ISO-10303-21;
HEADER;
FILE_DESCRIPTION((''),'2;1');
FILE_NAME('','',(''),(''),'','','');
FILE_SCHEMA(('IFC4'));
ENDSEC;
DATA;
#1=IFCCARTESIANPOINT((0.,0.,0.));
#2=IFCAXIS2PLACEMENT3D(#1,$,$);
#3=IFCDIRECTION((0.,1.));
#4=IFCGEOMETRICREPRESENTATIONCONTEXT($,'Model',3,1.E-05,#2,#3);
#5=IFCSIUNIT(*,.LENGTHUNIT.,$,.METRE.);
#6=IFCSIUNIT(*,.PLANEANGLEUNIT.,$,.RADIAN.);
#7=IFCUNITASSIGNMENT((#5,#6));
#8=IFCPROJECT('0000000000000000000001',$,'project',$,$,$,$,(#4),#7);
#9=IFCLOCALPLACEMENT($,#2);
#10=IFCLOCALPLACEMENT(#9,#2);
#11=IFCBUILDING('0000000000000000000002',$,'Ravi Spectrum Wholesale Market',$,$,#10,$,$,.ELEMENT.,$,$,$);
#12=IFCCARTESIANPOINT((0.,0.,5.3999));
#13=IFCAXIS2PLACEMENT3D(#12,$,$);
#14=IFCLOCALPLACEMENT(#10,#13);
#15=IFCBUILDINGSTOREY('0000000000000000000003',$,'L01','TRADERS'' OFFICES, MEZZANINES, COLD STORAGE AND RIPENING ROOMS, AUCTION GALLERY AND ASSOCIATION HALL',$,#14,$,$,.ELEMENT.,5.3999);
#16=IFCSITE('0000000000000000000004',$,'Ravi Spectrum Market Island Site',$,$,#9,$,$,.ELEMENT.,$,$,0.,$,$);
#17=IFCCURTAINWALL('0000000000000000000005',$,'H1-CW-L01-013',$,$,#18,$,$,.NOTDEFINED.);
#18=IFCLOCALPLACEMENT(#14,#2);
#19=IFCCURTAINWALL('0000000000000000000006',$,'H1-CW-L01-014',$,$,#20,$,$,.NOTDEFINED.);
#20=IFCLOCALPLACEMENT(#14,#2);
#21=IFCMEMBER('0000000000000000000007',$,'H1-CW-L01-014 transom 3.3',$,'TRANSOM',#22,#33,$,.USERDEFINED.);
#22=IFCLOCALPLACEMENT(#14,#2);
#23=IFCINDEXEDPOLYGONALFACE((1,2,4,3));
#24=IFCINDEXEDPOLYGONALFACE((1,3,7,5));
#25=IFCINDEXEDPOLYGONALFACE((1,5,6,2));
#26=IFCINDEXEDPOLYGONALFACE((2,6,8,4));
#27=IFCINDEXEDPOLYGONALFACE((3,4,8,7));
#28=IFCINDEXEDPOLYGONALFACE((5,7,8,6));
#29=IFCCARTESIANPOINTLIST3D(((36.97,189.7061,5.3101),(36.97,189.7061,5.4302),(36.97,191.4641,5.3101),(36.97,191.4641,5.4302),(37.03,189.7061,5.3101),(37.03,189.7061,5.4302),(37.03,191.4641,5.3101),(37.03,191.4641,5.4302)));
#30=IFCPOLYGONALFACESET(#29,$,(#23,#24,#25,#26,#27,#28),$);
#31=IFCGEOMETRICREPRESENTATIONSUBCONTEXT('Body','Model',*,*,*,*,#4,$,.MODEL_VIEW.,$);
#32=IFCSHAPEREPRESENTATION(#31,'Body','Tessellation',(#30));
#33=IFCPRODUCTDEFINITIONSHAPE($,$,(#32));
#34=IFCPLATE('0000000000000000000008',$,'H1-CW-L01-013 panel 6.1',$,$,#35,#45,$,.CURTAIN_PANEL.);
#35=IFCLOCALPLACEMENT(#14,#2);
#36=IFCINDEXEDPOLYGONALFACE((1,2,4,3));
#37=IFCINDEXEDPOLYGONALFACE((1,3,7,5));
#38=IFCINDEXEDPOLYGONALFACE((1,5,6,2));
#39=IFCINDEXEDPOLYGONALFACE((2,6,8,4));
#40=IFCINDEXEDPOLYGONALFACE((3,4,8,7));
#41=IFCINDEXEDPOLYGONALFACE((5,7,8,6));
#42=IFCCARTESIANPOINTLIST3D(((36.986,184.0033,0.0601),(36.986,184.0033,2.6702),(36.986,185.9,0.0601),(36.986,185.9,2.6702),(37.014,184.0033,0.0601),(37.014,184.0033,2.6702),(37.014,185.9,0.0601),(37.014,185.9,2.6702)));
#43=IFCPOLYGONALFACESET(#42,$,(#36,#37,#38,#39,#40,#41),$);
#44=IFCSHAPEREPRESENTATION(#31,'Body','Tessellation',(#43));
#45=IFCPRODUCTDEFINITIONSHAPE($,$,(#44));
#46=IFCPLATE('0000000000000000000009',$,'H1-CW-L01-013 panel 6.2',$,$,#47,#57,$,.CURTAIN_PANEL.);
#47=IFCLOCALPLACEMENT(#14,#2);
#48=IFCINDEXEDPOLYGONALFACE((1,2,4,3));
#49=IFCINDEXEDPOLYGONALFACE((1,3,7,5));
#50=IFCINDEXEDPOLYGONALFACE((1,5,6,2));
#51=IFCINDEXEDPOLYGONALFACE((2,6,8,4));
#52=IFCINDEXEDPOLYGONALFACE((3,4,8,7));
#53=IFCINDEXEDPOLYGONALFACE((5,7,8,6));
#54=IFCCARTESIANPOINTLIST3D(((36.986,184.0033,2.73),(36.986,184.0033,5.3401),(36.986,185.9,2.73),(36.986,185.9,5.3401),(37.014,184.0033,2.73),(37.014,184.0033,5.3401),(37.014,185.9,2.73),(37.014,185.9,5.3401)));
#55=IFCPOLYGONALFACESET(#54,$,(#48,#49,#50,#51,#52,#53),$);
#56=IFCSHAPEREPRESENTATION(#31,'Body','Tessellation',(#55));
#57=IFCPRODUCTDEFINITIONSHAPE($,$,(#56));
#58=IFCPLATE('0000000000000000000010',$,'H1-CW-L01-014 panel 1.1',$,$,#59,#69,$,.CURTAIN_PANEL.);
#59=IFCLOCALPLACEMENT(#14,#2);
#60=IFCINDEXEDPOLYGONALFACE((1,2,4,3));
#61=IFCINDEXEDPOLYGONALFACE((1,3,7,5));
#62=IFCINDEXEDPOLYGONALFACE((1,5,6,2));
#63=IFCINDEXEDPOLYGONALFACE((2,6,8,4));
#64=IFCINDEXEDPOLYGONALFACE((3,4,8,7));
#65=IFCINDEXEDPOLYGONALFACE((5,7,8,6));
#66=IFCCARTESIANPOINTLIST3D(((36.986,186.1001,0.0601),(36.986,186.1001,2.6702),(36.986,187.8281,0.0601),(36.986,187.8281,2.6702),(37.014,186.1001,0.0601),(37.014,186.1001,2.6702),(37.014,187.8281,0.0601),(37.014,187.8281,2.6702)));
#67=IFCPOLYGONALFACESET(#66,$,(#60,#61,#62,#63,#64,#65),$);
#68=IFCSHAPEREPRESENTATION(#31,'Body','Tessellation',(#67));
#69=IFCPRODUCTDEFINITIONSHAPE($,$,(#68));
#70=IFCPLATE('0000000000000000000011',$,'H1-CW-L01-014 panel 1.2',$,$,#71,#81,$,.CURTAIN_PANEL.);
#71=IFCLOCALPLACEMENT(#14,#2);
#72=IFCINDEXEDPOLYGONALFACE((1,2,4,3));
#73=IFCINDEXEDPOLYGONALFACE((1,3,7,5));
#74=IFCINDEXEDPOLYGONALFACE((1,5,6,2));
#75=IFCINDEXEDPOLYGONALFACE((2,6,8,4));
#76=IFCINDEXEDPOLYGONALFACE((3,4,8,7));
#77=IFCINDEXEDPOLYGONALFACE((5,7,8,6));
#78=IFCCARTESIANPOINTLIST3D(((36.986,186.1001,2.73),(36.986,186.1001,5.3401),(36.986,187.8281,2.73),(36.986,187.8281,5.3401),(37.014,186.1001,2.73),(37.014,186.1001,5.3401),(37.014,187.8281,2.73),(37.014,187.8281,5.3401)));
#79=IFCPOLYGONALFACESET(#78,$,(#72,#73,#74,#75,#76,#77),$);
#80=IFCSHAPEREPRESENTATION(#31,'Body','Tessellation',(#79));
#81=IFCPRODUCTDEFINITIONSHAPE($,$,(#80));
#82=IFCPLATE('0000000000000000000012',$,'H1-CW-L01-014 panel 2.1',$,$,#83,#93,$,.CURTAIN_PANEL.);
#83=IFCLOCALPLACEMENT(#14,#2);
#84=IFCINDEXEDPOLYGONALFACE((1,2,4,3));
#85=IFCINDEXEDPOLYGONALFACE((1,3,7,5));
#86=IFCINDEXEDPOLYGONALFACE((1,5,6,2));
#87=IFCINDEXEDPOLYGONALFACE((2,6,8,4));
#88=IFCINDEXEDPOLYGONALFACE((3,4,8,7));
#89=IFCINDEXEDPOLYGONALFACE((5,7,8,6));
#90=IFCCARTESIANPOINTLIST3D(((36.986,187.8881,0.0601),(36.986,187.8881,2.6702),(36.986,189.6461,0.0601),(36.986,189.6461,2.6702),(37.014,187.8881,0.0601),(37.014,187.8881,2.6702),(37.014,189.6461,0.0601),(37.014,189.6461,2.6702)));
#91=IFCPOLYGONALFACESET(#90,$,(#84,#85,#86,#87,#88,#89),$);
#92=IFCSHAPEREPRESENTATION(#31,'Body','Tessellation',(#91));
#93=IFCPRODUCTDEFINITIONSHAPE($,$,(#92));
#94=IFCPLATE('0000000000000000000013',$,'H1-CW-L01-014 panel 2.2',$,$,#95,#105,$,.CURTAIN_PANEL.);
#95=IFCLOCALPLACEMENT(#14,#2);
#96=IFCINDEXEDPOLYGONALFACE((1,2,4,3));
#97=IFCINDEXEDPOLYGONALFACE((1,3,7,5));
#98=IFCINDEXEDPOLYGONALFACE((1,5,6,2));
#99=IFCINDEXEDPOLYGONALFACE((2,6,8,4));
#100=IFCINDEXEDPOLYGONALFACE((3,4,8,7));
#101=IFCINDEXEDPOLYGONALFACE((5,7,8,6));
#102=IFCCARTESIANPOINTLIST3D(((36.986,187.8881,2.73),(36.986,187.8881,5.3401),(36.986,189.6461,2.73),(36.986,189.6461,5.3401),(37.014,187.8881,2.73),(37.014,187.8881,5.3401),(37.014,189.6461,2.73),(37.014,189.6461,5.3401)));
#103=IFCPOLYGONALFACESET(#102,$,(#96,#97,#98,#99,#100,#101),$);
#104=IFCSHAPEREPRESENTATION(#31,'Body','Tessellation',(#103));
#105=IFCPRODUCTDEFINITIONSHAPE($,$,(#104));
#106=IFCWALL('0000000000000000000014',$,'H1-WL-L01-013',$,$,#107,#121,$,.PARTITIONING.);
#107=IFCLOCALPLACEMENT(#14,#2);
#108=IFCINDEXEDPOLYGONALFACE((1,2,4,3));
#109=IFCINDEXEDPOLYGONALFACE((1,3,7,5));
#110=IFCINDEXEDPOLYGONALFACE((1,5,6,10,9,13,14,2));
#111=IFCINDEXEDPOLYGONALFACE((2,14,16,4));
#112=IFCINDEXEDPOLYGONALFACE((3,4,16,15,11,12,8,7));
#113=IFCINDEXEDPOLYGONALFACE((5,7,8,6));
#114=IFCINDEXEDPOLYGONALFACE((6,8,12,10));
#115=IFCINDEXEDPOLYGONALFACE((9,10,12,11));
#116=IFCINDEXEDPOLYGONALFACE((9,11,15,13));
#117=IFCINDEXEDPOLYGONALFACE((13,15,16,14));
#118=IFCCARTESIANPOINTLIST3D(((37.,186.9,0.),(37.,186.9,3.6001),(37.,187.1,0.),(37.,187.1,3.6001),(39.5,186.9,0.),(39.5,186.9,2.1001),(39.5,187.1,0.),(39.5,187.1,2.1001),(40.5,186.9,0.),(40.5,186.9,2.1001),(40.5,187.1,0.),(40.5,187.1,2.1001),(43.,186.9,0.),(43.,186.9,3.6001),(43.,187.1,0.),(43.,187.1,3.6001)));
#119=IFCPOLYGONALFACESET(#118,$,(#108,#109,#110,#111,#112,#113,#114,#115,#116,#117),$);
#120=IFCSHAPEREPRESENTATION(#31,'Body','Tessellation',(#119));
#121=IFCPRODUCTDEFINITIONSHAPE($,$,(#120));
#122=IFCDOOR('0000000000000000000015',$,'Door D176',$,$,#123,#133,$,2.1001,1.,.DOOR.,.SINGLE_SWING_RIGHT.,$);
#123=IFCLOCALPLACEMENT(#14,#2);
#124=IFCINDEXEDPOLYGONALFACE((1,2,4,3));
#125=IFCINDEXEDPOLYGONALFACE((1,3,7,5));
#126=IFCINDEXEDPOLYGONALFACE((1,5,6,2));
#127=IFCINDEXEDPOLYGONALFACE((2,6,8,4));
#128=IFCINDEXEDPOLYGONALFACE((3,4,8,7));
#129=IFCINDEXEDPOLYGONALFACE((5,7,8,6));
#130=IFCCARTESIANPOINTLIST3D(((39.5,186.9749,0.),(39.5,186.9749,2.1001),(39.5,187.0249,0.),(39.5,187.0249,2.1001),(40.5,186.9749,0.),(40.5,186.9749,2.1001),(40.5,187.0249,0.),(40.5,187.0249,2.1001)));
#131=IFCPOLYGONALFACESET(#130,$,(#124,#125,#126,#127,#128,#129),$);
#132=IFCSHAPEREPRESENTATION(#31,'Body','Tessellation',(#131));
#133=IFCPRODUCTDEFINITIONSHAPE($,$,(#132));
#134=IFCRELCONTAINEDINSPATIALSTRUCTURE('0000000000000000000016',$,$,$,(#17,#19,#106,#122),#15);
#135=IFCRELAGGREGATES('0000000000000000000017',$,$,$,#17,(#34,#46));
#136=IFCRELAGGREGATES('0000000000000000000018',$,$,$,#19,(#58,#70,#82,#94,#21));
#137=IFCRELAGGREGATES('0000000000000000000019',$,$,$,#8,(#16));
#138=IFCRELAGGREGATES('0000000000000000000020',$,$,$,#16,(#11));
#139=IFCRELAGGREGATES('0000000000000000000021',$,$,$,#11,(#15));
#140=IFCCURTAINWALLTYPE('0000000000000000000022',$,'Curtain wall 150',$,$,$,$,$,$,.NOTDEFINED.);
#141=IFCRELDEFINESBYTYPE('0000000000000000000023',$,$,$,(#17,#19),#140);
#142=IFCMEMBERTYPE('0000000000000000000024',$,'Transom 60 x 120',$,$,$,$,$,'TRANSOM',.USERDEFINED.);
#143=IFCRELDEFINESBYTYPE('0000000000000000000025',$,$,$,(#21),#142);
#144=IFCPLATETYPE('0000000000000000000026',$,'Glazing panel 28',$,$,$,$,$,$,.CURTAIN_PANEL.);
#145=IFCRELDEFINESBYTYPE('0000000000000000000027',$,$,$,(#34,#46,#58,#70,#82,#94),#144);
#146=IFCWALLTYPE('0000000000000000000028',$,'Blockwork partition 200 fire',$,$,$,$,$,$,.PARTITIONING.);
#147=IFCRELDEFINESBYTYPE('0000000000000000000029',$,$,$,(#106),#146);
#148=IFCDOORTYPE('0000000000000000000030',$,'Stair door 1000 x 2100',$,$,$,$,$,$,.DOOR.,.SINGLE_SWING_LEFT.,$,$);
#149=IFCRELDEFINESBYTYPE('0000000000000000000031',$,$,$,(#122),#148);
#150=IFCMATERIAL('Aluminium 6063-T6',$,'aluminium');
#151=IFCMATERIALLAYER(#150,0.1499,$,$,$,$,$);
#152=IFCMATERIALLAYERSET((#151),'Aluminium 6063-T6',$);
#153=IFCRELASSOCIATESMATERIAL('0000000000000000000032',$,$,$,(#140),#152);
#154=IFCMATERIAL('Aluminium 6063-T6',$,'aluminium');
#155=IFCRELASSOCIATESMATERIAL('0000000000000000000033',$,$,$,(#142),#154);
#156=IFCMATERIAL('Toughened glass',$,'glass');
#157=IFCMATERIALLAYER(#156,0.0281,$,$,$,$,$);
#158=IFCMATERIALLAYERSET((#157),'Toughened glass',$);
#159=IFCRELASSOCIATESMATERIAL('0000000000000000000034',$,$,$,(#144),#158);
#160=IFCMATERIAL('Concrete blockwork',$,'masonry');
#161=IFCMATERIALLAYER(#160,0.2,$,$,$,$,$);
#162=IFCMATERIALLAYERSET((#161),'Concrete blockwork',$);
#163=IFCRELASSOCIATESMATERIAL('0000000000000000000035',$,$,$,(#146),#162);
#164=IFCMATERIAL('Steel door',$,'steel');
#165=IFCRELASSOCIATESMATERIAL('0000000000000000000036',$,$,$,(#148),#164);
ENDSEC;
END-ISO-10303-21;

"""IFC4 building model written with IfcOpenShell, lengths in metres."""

from ifc_helpers import new_model, si_unit, direction, frame, frame_2d, origin, origin_2d, place, context, subcontext, project, spatial, rectangle, extrude, material, layer, layer_set, material_profile, profile_set, type_object, element, fill, aggregate, save


model = new_model("IFC4")

# Units and contexts
model_context = context("Model", 3, precision=1e-05, world=origin(), true_north=direction((0.0, 1.0)))
body_context = subcontext(model_context, "Body", "Model", "MODEL_VIEW")
ifc_project = project(units=[si_unit("LENGTHUNIT", "METRE"), si_unit("PLANEANGLEUNIT", "RADIAN")], contexts=[model_context])

# Site, building, storey
site_placement = place(None, origin())
site = spatial("IfcSite", under=ifc_project, at=site_placement, Name="Ravi Spectrum Market Island Site", CompositionType="ELEMENT", RefElevation=0.0)
building_placement = place(site_placement, origin())
building = spatial("IfcBuilding", under=site, at=building_placement, Name="Ravi Spectrum Wholesale Market", CompositionType="ELEMENT")
storey_placement = place(building_placement, frame((0.0, 0.0, 5.3999)))
storey = spatial("IfcBuildingStorey", under=building, at=storey_placement, Name="L01", Description="TRADERS' OFFICES, MEZZANINES, COLD STORAGE AND RIPENING ROOMS, AUCTION GALLERY AND ASSOCIATION HALL", CompositionType="ELEMENT", Elevation=5.3999)

# Curtain wall
ifc_material_1 = material(Name="Aluminium 6063-T6", Category="aluminium")
ifc_layer_1 = layer(ifc_material_1, 0.1499)
ifc_layer_set_1 = layer_set([ifc_layer_1], Name="Aluminium 6063-T6")
curtain_wall_type = type_object("IfcCurtainWallType", Name="Curtain wall 150", PredefinedType="NOTDEFINED", material=ifc_layer_set_1)
curtain_wall_1_placement = place(storey_placement, origin())
curtain_wall_1 = element("IfcCurtainWall", 1, at=curtain_wall_1_placement, inside=storey, type_object=curtain_wall_type, Name="H1-CW-L01-013", PredefinedType="NOTDEFINED")

# Curtain wall
curtain_wall_2_placement = place(storey_placement, origin())
curtain_wall_2 = element("IfcCurtainWall", 2, at=curtain_wall_2_placement, inside=storey, type_object=curtain_wall_type, Name="H1-CW-L01-014", PredefinedType="NOTDEFINED")

# Member
ifc_material_2 = material(Name="Aluminium 6063-T6", Category="aluminium")
ifc_material_profile_1 = material_profile(ifc_material_2, rectangle(XDim=0.0601, YDim=0.1201, at=origin_2d()))
ifc_profile_set_1 = profile_set([ifc_material_profile_1], Name="Aluminium 6063-T6")
member_type_1 = type_object("IfcMemberType", Name="Transom 60 x 120", ElementType="TRANSOM", PredefinedType="USERDEFINED", material=ifc_profile_set_1)
member_1_placement = place(storey_placement, frame((37.0, 189.7061, 5.3701), z_axis=(0.0, 1.0, 0.0), x_axis=(-1.0, 0.0, 0.0)))
member_1 = element("IfcMember", 3, at=member_1_placement, type_object=member_type_1, Name="H1-CW-L01-014 transom 3.3", ObjectType="TRANSOM", PredefinedType="USERDEFINED", context=body_context, shape_type="SweptSolid", body=[
    extrude(rectangle(XDim=0.0601, YDim=0.1201, at=origin_2d()), origin(), (0.0, 0.0, 1.0), 1.7581),
])

# Plates
ifc_material_3 = material(Name="Toughened glass", Category="glass")
ifc_layer_2 = layer(ifc_material_3, 0.0281)
ifc_layer_set_2 = layer_set([ifc_layer_2], Name="Toughened glass")
plate_type = type_object("IfcPlateType", Name="Glazing panel 28", PredefinedType="CURTAIN_PANEL", material=ifc_layer_set_2)
plate_1_placement = place(storey_placement, frame((37.0, 184.9517, 0.0601), z_axis=(0.0, 0.0, 1.0), x_axis=(0.0, 1.0, 0.0)))
plate_1 = element("IfcPlate", 4, at=plate_1_placement, type_object=plate_type, Name="H1-CW-L01-013 panel 6.1", PredefinedType="CURTAIN_PANEL", context=body_context, shape_type="SweptSolid", body=[
    extrude(rectangle(XDim=1.8967, YDim=0.0281, at=origin_2d()), origin(), (0.0, 0.0, 1.0), 2.6101),
])
plate_2_placement = place(storey_placement, frame((37.0, 184.9517, 2.73), z_axis=(0.0, 0.0, 1.0), x_axis=(0.0, 1.0, 0.0)))
plate_2 = element("IfcPlate", 5, at=plate_2_placement, type_object=plate_type, Name="H1-CW-L01-013 panel 6.2", PredefinedType="CURTAIN_PANEL", context=body_context, shape_type="SweptSolid", body=[
    extrude(rectangle(XDim=1.8967, YDim=0.0281, at=origin_2d()), origin(), (0.0, 0.0, 1.0), 2.6101),
])
aggregate(curtain_wall_1, [plate_1, plate_2])
plate_3_placement = place(storey_placement, frame((37.0, 186.9641, 0.0601), z_axis=(0.0, 0.0, 1.0), x_axis=(0.0, 1.0, 0.0)))
plate_3 = element("IfcPlate", 6, at=plate_3_placement, type_object=plate_type, Name="H1-CW-L01-014 panel 1.1", PredefinedType="CURTAIN_PANEL", context=body_context, shape_type="SweptSolid", body=[
    extrude(rectangle(XDim=1.728, YDim=0.0281, at=origin_2d()), origin(), (0.0, 0.0, 1.0), 2.6101),
])
plate_4_placement = place(storey_placement, frame((37.0, 186.9641, 2.73), z_axis=(0.0, 0.0, 1.0), x_axis=(0.0, 1.0, 0.0)))
plate_4 = element("IfcPlate", 7, at=plate_4_placement, type_object=plate_type, Name="H1-CW-L01-014 panel 1.2", PredefinedType="CURTAIN_PANEL", context=body_context, shape_type="SweptSolid", body=[
    extrude(rectangle(XDim=1.728, YDim=0.0281, at=origin_2d()), origin(), (0.0, 0.0, 1.0), 2.6101),
])
plate_5_placement = place(storey_placement, frame((37.0, 188.7671, 0.0601), z_axis=(0.0, 0.0, 1.0), x_axis=(0.0, 1.0, 0.0)))
plate_5 = element("IfcPlate", 8, at=plate_5_placement, type_object=plate_type, Name="H1-CW-L01-014 panel 2.1", PredefinedType="CURTAIN_PANEL", context=body_context, shape_type="SweptSolid", body=[
    extrude(rectangle(XDim=1.7581, YDim=0.0281, at=origin_2d()), origin(), (0.0, 0.0, 1.0), 2.6101),
])
plate_6_placement = place(storey_placement, frame((37.0, 188.7671, 2.73), z_axis=(0.0, 0.0, 1.0), x_axis=(0.0, 1.0, 0.0)))
plate_6 = element("IfcPlate", 9, at=plate_6_placement, type_object=plate_type, Name="H1-CW-L01-014 panel 2.2", PredefinedType="CURTAIN_PANEL", context=body_context, shape_type="SweptSolid", body=[
    extrude(rectangle(XDim=1.7581, YDim=0.0281, at=origin_2d()), origin(), (0.0, 0.0, 1.0), 2.6101),
])
aggregate(curtain_wall_2, [plate_3, plate_4, plate_5, plate_6, member_1])

# Wall, opening, door
ifc_material_4 = material(Name="Concrete blockwork", Category="masonry")
ifc_layer_3 = layer(ifc_material_4, 0.2)
ifc_layer_set_3 = layer_set([ifc_layer_3], Name="Concrete blockwork")
wall_type = type_object("IfcWallType", Name="Blockwork partition 200 fire", PredefinedType="PARTITIONING", material=ifc_layer_set_3)
wall_placement = place(storey_placement, frame((37.0, 187.0, 0.0), z_axis=(0.0, 0.0, 1.0), x_axis=(1.0, 0.0, 0.0)))
wall = element("IfcWall", 10, at=wall_placement, inside=storey, type_object=wall_type, Name="H1-WL-L01-013", PredefinedType="PARTITIONING", context=body_context, shape_type="SweptSolid", body=[
    extrude(rectangle(XDim=6.0, YDim=0.2, at=frame_2d((3.0, 0.0))), origin(), (0.0, 0.0, 1.0), 3.6001),
])
opening_placement = place(wall_placement, frame((2.5, 0.0, 0.0)))
opening = element("IfcOpeningElement", 11, at=opening_placement, cuts=wall, PredefinedType="OPENING", context=body_context, shape_type="SweptSolid", body=[
    extrude(rectangle(XDim=1.0, YDim=2.1001, at=frame_2d((0.5, 1.05))), frame((0.0, 0.1099, 0.0), z_axis=(0.0, -1.0, 0.0), x_axis=(1.0, 0.0, 0.0)), (0.0, 0.0, 1.0), 0.22),
])
ifc_material_5 = material(Name="Steel door", Category="steel")
door_type = type_object("IfcDoorType", Name="Stair door 1000 x 2100", OperationType="SINGLE_SWING_LEFT", PredefinedType="DOOR", material=ifc_material_5)
door_placement = place(opening_placement, origin())
door = element("IfcDoor", 12, at=door_placement, inside=storey, type_object=door_type, Name="Door D176", OperationType="SINGLE_SWING_RIGHT", OverallHeight=2.1001, OverallWidth=1.0, PredefinedType="DOOR", context=body_context, shape_type="SweptSolid", body=[
    extrude(rectangle(XDim=1.0, YDim=2.1001, at=frame_2d((0.5, 1.05))), frame((0.0, 0.0249, 0.0), z_axis=(0.0, -1.0, 0.0), x_axis=(1.0, 0.0, 0.0)), (0.0, 0.0, 1.0), 0.05),
])
fill(opening, door)

save(model, "model.ifc")
